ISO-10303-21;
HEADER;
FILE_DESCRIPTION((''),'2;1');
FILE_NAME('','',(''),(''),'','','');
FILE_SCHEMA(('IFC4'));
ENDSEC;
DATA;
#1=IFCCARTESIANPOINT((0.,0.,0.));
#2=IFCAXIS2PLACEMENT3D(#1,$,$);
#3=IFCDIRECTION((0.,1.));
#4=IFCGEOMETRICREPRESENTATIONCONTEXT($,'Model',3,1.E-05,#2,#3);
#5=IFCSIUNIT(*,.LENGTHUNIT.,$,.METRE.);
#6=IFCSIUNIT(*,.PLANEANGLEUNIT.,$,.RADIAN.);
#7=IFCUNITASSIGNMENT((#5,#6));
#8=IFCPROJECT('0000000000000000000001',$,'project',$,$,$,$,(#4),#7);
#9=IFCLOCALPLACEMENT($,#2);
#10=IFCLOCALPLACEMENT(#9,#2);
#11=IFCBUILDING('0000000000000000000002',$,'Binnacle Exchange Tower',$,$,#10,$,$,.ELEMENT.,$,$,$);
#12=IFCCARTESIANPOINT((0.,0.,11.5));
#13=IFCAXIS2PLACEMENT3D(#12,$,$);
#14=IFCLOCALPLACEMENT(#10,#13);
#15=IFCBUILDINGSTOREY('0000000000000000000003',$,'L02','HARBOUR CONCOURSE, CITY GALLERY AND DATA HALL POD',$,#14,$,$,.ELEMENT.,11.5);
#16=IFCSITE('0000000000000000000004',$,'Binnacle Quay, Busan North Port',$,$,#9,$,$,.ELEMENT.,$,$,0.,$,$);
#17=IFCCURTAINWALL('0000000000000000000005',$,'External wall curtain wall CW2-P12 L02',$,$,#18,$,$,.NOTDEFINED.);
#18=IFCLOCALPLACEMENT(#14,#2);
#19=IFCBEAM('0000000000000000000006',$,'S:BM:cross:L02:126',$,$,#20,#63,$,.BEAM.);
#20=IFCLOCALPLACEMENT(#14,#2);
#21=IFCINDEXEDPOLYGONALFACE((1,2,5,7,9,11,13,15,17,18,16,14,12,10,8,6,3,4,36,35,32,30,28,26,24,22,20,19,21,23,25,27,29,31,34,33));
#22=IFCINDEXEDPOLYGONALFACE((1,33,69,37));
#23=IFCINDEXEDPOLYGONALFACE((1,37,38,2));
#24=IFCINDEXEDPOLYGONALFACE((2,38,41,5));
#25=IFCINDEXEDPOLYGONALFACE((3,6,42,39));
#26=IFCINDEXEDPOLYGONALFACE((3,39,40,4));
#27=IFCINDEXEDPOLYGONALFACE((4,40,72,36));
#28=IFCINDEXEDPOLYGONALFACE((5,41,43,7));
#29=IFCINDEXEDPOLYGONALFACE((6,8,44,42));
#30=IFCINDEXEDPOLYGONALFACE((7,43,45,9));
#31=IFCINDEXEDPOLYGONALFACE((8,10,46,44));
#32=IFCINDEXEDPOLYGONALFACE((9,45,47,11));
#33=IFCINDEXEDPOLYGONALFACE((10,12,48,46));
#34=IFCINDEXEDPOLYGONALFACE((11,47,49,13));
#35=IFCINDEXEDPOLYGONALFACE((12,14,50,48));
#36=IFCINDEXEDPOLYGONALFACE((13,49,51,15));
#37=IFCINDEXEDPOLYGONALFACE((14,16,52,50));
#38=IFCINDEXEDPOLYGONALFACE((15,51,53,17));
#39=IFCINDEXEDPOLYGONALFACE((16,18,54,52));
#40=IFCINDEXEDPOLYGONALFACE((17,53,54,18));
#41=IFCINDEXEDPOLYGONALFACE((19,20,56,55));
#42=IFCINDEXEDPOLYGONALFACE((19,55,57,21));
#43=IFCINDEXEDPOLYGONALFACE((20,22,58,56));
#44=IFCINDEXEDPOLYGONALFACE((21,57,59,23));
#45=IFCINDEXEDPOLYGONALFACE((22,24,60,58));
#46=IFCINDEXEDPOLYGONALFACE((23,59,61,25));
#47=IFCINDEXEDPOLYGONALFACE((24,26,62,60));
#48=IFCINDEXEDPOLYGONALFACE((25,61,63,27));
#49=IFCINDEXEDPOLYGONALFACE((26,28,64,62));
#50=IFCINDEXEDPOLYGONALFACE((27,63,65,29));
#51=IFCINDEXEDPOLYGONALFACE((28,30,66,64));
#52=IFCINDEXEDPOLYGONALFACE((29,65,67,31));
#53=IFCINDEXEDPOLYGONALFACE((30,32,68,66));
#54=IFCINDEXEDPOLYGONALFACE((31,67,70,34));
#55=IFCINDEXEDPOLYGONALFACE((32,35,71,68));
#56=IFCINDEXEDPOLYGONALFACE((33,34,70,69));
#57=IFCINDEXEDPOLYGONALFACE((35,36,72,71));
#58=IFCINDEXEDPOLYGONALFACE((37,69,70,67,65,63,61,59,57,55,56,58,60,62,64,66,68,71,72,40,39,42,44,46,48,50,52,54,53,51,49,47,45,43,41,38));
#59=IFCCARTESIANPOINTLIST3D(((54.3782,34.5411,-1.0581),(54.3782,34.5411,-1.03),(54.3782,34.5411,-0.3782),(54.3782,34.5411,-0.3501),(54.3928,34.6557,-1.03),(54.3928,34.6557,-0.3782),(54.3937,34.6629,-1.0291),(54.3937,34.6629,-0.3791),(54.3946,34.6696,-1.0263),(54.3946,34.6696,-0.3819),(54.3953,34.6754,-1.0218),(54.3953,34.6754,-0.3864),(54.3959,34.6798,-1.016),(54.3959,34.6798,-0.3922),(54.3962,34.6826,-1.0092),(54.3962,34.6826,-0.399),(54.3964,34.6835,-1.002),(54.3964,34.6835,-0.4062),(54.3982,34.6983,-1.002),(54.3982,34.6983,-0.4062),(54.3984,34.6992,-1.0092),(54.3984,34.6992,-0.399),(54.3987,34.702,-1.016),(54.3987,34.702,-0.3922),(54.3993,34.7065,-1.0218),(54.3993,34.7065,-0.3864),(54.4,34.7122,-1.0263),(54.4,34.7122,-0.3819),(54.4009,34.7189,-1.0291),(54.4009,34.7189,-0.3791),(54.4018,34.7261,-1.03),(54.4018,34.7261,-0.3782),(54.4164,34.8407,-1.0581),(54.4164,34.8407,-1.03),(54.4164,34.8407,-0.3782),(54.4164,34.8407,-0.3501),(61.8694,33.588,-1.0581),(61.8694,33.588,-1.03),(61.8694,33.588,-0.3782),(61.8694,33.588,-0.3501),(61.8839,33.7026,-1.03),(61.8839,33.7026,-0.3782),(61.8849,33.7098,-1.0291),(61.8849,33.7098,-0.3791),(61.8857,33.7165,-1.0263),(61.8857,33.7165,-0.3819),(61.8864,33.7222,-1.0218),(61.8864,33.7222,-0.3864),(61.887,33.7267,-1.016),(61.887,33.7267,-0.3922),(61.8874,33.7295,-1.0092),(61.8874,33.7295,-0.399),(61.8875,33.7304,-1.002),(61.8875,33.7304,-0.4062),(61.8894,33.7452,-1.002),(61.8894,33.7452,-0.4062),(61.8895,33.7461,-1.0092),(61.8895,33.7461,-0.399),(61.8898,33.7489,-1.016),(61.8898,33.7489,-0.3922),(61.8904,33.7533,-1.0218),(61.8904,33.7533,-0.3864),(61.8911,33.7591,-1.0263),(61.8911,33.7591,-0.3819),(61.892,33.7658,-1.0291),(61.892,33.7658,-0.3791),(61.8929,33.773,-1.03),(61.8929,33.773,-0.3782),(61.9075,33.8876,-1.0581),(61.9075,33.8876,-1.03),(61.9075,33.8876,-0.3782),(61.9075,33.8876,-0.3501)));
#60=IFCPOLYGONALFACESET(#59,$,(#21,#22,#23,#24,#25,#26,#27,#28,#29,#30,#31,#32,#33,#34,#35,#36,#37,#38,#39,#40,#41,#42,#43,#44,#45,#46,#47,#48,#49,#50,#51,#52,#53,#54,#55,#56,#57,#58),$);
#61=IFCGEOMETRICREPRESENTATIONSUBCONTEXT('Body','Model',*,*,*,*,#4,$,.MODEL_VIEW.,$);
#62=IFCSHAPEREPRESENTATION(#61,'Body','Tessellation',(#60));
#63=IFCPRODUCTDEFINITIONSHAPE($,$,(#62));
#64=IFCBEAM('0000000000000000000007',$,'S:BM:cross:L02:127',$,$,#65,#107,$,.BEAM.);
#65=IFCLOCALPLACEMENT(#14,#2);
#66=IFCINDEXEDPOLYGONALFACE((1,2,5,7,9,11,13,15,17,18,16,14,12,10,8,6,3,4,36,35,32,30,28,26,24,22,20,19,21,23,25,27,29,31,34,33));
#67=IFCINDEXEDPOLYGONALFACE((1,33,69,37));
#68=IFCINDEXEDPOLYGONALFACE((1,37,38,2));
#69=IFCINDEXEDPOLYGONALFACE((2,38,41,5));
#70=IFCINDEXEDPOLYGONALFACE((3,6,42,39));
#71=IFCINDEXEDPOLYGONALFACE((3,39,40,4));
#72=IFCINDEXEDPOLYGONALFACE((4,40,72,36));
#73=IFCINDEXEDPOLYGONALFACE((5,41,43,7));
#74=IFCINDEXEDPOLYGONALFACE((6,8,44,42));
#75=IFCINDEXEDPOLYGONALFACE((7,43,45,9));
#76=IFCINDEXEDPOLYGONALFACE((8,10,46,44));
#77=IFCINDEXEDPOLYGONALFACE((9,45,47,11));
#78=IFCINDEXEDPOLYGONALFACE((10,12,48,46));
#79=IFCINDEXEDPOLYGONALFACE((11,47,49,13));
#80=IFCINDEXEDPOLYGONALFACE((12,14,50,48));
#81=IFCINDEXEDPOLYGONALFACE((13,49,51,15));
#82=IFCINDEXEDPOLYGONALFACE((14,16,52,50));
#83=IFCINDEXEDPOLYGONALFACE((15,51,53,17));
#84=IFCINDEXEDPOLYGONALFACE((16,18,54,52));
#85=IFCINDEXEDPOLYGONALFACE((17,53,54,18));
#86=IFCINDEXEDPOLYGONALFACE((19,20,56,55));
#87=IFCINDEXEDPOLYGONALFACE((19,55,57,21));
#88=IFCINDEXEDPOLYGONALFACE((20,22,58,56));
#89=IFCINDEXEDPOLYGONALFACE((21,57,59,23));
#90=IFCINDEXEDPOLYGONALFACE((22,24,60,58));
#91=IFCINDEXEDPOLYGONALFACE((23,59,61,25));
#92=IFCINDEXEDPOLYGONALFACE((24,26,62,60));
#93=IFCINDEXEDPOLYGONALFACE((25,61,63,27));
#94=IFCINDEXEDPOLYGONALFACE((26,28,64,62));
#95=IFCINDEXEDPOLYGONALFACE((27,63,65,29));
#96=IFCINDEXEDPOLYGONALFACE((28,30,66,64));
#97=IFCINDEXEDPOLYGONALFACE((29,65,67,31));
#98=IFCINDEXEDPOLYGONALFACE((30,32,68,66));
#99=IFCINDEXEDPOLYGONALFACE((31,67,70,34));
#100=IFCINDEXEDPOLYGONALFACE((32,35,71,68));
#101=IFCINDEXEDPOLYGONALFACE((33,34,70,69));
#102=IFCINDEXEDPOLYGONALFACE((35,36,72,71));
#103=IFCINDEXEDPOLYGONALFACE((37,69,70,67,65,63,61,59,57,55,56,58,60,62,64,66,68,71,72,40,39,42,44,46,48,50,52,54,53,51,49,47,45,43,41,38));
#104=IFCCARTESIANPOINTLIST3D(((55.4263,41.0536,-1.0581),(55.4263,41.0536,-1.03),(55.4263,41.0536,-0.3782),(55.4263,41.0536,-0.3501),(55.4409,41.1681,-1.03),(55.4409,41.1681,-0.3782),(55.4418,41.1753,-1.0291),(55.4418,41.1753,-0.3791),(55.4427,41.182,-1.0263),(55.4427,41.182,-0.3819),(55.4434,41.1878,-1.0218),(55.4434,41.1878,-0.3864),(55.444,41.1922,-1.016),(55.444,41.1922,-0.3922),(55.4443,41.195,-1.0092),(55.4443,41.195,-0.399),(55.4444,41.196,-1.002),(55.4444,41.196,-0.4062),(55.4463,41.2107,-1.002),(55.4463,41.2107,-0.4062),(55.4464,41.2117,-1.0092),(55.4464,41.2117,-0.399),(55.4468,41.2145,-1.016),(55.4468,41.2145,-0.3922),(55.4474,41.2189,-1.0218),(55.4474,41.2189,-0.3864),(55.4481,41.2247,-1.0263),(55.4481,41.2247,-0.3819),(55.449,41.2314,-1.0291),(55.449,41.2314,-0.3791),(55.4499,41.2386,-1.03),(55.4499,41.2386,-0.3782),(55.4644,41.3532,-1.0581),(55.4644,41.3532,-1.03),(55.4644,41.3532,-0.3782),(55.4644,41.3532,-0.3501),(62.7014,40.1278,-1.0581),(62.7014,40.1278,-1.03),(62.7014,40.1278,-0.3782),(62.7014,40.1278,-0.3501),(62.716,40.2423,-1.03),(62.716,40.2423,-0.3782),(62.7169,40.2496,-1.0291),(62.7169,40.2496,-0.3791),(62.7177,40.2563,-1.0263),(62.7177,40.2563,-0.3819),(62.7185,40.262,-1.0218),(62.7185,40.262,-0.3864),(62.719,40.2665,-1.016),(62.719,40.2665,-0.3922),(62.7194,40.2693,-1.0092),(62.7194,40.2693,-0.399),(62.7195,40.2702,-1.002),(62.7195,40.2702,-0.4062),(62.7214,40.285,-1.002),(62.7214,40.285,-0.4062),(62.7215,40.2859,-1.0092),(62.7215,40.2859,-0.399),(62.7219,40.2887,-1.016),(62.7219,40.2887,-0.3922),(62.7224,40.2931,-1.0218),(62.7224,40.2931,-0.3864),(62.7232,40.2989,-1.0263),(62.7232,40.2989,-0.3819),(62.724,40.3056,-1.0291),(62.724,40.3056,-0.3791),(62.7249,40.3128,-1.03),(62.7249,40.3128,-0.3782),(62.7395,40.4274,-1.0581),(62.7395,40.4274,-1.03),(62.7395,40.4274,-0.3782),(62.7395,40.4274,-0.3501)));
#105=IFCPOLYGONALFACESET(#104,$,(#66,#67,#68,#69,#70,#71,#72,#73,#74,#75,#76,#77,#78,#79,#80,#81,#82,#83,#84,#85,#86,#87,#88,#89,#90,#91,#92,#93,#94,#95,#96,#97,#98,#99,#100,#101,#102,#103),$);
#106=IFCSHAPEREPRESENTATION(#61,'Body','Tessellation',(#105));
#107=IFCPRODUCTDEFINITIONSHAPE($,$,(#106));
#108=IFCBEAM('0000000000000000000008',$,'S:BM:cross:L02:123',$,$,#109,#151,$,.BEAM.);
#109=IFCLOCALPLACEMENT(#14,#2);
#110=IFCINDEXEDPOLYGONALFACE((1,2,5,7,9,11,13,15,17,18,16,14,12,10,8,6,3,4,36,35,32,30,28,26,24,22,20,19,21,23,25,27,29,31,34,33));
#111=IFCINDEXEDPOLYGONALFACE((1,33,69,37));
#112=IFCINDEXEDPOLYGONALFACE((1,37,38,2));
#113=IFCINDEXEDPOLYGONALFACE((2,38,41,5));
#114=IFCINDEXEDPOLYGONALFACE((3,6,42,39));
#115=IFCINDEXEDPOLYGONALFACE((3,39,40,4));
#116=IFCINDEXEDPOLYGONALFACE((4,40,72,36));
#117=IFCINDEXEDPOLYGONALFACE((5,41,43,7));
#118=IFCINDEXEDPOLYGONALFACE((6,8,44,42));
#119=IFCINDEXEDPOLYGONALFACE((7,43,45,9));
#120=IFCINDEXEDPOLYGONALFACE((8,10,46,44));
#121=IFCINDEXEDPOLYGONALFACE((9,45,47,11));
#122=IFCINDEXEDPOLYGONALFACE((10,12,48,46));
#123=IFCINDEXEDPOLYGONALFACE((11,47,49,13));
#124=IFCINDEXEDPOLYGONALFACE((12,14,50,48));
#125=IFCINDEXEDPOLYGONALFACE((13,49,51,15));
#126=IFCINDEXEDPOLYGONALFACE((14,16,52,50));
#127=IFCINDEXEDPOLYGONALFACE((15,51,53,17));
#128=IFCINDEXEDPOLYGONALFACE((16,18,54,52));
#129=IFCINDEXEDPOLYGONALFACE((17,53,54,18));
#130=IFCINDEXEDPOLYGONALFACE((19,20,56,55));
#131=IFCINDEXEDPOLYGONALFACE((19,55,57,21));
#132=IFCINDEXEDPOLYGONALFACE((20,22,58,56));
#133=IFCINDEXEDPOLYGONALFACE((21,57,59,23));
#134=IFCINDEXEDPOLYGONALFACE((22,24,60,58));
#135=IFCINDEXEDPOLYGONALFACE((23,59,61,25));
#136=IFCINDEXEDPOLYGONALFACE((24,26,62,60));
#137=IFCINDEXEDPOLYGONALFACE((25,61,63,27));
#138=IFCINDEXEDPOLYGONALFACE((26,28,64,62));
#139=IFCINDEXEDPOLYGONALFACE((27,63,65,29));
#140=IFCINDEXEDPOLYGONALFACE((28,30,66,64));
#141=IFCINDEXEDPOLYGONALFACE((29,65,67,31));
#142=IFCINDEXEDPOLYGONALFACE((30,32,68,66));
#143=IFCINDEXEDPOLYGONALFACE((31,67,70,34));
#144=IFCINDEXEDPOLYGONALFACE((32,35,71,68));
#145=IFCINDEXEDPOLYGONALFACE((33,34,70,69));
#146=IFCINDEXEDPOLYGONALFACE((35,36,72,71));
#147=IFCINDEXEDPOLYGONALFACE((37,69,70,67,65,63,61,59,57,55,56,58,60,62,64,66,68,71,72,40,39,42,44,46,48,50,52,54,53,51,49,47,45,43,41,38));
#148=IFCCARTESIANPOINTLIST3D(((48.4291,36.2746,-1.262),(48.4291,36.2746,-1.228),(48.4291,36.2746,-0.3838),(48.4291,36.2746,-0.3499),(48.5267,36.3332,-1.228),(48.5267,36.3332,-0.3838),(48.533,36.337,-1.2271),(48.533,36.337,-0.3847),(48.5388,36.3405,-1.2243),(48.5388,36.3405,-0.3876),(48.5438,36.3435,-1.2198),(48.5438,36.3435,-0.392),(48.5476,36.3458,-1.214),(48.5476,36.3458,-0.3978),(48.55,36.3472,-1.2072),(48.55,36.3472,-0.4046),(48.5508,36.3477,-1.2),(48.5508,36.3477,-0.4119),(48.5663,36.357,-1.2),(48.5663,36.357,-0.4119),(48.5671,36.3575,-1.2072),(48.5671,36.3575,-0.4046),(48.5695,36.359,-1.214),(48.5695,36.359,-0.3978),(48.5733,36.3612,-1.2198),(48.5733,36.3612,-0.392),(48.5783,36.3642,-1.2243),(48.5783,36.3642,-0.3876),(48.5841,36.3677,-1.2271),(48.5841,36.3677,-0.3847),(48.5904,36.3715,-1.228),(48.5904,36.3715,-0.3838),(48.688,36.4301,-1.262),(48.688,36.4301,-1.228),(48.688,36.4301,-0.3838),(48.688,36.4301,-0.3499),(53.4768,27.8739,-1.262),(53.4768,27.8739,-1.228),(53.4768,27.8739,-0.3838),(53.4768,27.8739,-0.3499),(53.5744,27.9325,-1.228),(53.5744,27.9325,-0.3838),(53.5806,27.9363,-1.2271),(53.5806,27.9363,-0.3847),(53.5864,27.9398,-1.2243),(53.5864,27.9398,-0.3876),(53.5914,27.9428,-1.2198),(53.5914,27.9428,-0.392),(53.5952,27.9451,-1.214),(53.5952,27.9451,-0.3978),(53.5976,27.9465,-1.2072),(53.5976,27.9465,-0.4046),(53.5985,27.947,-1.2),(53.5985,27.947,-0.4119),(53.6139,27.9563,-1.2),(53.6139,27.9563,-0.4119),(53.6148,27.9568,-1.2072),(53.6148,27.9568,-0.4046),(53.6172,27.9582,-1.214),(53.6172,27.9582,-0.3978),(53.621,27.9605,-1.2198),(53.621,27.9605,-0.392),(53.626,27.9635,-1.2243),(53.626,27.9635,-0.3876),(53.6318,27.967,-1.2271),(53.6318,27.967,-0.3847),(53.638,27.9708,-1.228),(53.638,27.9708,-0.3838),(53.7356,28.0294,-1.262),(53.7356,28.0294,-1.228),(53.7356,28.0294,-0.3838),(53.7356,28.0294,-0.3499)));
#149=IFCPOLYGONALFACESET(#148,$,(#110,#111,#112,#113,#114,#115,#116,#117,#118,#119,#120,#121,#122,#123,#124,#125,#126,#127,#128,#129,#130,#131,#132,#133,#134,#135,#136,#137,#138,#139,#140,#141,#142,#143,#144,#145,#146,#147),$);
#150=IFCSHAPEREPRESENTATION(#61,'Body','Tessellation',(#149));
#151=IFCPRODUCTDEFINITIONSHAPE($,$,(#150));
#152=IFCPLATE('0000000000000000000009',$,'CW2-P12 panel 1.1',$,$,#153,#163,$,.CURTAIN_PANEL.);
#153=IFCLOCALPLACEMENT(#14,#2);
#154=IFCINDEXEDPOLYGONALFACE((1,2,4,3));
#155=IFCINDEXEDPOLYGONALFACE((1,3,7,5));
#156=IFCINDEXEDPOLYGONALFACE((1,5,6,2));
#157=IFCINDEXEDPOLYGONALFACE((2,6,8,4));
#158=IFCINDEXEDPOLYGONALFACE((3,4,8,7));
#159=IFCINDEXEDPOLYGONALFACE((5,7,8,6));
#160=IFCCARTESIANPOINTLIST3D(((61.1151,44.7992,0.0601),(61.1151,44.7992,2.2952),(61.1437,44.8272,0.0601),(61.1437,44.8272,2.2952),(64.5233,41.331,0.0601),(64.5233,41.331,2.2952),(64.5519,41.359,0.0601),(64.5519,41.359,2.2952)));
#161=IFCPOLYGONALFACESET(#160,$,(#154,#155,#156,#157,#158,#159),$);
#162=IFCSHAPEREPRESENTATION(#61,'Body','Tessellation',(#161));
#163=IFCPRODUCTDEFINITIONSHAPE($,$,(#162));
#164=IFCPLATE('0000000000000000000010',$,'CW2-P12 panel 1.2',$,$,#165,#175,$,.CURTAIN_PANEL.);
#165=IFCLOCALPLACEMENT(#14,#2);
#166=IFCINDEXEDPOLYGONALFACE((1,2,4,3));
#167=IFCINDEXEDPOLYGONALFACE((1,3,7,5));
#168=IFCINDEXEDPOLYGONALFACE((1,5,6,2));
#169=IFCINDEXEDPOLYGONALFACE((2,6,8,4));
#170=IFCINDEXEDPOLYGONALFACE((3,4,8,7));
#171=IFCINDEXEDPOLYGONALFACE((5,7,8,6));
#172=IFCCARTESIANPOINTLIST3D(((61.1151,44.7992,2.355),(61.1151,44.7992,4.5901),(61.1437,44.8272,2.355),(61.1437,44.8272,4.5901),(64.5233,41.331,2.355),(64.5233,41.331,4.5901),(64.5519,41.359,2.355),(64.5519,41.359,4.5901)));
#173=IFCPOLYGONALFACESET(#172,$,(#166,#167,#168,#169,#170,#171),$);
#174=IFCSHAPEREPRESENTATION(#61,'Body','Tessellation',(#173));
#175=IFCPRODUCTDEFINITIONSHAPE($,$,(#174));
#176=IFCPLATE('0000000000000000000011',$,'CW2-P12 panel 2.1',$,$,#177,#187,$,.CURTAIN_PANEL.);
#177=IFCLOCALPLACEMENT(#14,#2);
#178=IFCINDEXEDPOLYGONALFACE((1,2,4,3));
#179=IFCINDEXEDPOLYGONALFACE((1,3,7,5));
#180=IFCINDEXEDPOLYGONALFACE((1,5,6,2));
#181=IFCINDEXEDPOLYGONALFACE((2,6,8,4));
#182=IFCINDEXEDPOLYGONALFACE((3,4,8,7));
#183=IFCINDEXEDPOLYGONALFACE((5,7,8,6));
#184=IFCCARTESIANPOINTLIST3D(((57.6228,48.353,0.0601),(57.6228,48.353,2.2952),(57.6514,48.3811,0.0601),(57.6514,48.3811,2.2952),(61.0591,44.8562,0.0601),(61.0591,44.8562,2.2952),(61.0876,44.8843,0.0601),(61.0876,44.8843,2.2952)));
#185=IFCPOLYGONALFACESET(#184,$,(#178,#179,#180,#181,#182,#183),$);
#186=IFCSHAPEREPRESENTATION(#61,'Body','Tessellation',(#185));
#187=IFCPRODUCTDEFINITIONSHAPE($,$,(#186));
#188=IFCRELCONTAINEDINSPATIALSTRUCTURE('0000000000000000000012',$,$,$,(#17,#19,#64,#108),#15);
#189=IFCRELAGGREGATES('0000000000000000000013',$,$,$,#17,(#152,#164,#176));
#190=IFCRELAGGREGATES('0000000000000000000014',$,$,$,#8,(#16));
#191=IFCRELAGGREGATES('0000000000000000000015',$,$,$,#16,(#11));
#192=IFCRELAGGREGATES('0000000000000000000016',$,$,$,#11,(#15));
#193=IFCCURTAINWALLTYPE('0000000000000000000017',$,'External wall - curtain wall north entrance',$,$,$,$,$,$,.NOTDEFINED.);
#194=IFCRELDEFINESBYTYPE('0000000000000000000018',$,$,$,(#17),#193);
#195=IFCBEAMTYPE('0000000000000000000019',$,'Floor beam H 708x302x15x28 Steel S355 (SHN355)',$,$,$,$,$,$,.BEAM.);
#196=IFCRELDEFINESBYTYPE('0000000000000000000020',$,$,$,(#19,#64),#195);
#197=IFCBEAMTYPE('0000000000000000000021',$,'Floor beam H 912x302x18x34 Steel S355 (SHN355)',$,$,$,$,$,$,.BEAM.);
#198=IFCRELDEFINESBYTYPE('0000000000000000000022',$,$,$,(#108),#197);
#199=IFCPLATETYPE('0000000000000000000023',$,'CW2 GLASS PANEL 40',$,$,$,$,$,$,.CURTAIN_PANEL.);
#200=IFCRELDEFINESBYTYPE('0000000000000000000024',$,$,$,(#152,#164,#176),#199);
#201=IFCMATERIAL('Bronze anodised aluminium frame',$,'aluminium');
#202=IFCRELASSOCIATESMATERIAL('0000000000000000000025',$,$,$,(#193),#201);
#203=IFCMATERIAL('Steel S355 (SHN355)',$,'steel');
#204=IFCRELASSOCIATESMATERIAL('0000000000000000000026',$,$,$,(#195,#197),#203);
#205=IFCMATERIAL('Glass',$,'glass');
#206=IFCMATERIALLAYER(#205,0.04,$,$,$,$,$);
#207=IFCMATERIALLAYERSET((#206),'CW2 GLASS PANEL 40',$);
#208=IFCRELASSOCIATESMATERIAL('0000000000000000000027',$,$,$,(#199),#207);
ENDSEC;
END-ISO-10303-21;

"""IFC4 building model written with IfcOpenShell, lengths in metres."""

from ifc_helpers import new_model, si_unit, direction, frame, origin, origin_2d, place, context, subcontext, project, spatial, rectangle, i_section, extrude, material, layer, layer_set, material_profile, profile_set, type_object, element, aggregate, save


model = new_model("IFC4")

# Units and contexts
model_context = context("Model", 3, precision=1e-05, world=origin(), true_north=direction((0.0, 1.0)))
body_context = subcontext(model_context, "Body", "Model", "MODEL_VIEW")
ifc_project = project(units=[si_unit("LENGTHUNIT", "METRE"), si_unit("PLANEANGLEUNIT", "RADIAN")], contexts=[model_context])

# Site, building, storey
site_placement = place(None, origin())
site = spatial("IfcSite", under=ifc_project, at=site_placement, Name="Binnacle Quay, Busan North Port", CompositionType="ELEMENT", RefElevation=0.0)
building_placement = place(site_placement, origin())
building = spatial("IfcBuilding", under=site, at=building_placement, Name="Binnacle Exchange Tower", CompositionType="ELEMENT")
storey_placement = place(building_placement, frame((0.0, 0.0, 11.5)))
storey = spatial("IfcBuildingStorey", under=building, at=storey_placement, Name="L02", Description="HARBOUR CONCOURSE, CITY GALLERY AND DATA HALL POD", CompositionType="ELEMENT", Elevation=11.5)

# Curtain wall
ifc_material_1 = material(Name="Bronze anodised aluminium frame", Category="aluminium")
curtain_wall_type = type_object("IfcCurtainWallType", Name="External wall - curtain wall north entrance", PredefinedType="NOTDEFINED", material=ifc_material_1)
curtain_wall_placement = place(storey_placement, origin())
curtain_wall = element("IfcCurtainWall", 1, at=curtain_wall_placement, inside=storey, type_object=curtain_wall_type, Name="External wall curtain wall CW2-P12 L02", PredefinedType="NOTDEFINED")

# Beams
ifc_material_2 = material(Name="Steel S355 (SHN355)", Category="steel")
ifc_material_profile_1 = material_profile(ifc_material_2, i_section(OverallWidth=0.302, OverallDepth=0.708, WebThickness=0.0149, FlangeThickness=0.0281, FilletRadius=0.0281, at=origin_2d()), Name="H 708x302x15x28")
ifc_profile_set_1 = profile_set([ifc_material_profile_1], Name="Steel S355 (SHN355)")
beam_type_1 = type_object("IfcBeamType", Name="Floor beam H 708x302x15x28 Steel S355 (SHN355)", PredefinedType="BEAM", material=ifc_profile_set_1)
beam_1_placement = place(storey_placement, frame((61.8884, 33.7378, -0.7041), z_axis=(-0.992003, 0.126215, 0.0), x_axis=(-0.126215, -0.992003, 0.0)))
element("IfcBeam", 2, at=beam_1_placement, inside=storey, type_object=beam_type_1, Name="S:BM:cross:L02:126", PredefinedType="BEAM", context=body_context, shape_type="SweptSolid", body=[
    extrude(i_section(OverallWidth=0.302, OverallDepth=0.708, WebThickness=0.0149, FlangeThickness=0.0281, FilletRadius=0.0281, at=origin_2d()), origin(), (0.0, 0.0, 1.0), 7.5515),
])
beam_2_placement = place(storey_placement, frame((62.7205, 40.2776, -0.7041), z_axis=(-0.992, 0.126235, 0.0), x_axis=(-0.126235, -0.992, 0.0)))
element("IfcBeam", 3, at=beam_2_placement, inside=storey, type_object=beam_type_1, Name="S:BM:cross:L02:127", PredefinedType="BEAM", context=body_context, shape_type="SweptSolid", body=[
    extrude(i_section(OverallWidth=0.302, OverallDepth=0.708, WebThickness=0.0149, FlangeThickness=0.0281, FilletRadius=0.0281, at=origin_2d()), origin(), (0.0, 0.0, 1.0), 7.3337),
])
ifc_material_profile_2 = material_profile(ifc_material_2, i_section(OverallWidth=0.302, OverallDepth=0.9121, WebThickness=0.0181, FlangeThickness=0.0339, FilletRadius=0.0281, at=origin_2d()), Name="H 912x302x18x34")
ifc_profile_set_2 = profile_set([ifc_material_profile_2], Name="Steel S355 (SHN355)")
beam_type_2 = type_object("IfcBeamType", Name="Floor beam H 912x302x18x34 Steel S355 (SHN355)", PredefinedType="BEAM", material=ifc_profile_set_2)
beam_3_placement = place(storey_placement, frame((53.6062, 27.9517, -0.8059), z_axis=(-0.515038, 0.857167, 0.0), x_axis=(-0.857167, -0.515038, 0.0)))
element("IfcBeam", 4, at=beam_3_placement, inside=storey, type_object=beam_type_2, Name="S:BM:cross:L02:123", PredefinedType="BEAM", context=body_context, shape_type="SweptSolid", body=[
    extrude(i_section(OverallWidth=0.302, OverallDepth=0.9121, WebThickness=0.0181, FlangeThickness=0.0339, FilletRadius=0.0281, at=origin_2d()), origin(), (0.0, 0.0, 1.0), 9.8005),
])

# Plates
ifc_material_3 = material(Name="Glass", Category="glass")
ifc_layer_1 = layer(ifc_material_3, 0.04)
ifc_layer_set_1 = layer_set([ifc_layer_1], Name="CW2 GLASS PANEL 40")
plate_type = type_object("IfcPlateType", Name="CW2 GLASS PANEL 40", PredefinedType="CURTAIN_PANEL", material=ifc_layer_set_1)
plate_1_placement = place(storey_placement, frame((62.8335, 43.0791, 0.0601), z_axis=(0.0, 0.0, 1.0), x_axis=(-0.700909, 0.71325, 0.0)))
plate_1 = element("IfcPlate", 5, at=plate_1_placement, type_object=plate_type, Name="CW2-P12 panel 1.1", PredefinedType="CURTAIN_PANEL", context=body_context, shape_type="SweptSolid", body=[
    extrude(rectangle(XDim=4.8625, YDim=0.04, at=origin_2d()), origin(), (0.0, 0.0, 1.0), 2.2351),
])
plate_2_placement = place(storey_placement, frame((62.8335, 43.0791, 2.355), z_axis=(0.0, 0.0, 1.0), x_axis=(-0.700909, 0.71325, 0.0)))
plate_2 = element("IfcPlate", 6, at=plate_2_placement, type_object=plate_type, Name="CW2-P12 panel 1.2", PredefinedType="CURTAIN_PANEL", context=body_context, shape_type="SweptSolid", body=[
    extrude(rectangle(XDim=4.8625, YDim=0.04, at=origin_2d()), origin(), (0.0, 0.0, 1.0), 2.2351),
])
plate_3_placement = place(storey_placement, frame((59.3552, 46.6187, 0.0601), z_axis=(0.0, 0.0, 1.0), x_axis=(-0.700909, 0.71325, 0.0)))
plate_3 = element("IfcPlate", 7, at=plate_3_placement, type_object=plate_type, Name="CW2-P12 panel 2.1", PredefinedType="CURTAIN_PANEL", context=body_context, shape_type="SweptSolid", body=[
    extrude(rectangle(XDim=4.9026, YDim=0.04, at=origin_2d()), origin(), (0.0, 0.0, 1.0), 2.2351),
])
aggregate(curtain_wall, [plate_1, plate_2, plate_3])

save(model, "model.ifc")
